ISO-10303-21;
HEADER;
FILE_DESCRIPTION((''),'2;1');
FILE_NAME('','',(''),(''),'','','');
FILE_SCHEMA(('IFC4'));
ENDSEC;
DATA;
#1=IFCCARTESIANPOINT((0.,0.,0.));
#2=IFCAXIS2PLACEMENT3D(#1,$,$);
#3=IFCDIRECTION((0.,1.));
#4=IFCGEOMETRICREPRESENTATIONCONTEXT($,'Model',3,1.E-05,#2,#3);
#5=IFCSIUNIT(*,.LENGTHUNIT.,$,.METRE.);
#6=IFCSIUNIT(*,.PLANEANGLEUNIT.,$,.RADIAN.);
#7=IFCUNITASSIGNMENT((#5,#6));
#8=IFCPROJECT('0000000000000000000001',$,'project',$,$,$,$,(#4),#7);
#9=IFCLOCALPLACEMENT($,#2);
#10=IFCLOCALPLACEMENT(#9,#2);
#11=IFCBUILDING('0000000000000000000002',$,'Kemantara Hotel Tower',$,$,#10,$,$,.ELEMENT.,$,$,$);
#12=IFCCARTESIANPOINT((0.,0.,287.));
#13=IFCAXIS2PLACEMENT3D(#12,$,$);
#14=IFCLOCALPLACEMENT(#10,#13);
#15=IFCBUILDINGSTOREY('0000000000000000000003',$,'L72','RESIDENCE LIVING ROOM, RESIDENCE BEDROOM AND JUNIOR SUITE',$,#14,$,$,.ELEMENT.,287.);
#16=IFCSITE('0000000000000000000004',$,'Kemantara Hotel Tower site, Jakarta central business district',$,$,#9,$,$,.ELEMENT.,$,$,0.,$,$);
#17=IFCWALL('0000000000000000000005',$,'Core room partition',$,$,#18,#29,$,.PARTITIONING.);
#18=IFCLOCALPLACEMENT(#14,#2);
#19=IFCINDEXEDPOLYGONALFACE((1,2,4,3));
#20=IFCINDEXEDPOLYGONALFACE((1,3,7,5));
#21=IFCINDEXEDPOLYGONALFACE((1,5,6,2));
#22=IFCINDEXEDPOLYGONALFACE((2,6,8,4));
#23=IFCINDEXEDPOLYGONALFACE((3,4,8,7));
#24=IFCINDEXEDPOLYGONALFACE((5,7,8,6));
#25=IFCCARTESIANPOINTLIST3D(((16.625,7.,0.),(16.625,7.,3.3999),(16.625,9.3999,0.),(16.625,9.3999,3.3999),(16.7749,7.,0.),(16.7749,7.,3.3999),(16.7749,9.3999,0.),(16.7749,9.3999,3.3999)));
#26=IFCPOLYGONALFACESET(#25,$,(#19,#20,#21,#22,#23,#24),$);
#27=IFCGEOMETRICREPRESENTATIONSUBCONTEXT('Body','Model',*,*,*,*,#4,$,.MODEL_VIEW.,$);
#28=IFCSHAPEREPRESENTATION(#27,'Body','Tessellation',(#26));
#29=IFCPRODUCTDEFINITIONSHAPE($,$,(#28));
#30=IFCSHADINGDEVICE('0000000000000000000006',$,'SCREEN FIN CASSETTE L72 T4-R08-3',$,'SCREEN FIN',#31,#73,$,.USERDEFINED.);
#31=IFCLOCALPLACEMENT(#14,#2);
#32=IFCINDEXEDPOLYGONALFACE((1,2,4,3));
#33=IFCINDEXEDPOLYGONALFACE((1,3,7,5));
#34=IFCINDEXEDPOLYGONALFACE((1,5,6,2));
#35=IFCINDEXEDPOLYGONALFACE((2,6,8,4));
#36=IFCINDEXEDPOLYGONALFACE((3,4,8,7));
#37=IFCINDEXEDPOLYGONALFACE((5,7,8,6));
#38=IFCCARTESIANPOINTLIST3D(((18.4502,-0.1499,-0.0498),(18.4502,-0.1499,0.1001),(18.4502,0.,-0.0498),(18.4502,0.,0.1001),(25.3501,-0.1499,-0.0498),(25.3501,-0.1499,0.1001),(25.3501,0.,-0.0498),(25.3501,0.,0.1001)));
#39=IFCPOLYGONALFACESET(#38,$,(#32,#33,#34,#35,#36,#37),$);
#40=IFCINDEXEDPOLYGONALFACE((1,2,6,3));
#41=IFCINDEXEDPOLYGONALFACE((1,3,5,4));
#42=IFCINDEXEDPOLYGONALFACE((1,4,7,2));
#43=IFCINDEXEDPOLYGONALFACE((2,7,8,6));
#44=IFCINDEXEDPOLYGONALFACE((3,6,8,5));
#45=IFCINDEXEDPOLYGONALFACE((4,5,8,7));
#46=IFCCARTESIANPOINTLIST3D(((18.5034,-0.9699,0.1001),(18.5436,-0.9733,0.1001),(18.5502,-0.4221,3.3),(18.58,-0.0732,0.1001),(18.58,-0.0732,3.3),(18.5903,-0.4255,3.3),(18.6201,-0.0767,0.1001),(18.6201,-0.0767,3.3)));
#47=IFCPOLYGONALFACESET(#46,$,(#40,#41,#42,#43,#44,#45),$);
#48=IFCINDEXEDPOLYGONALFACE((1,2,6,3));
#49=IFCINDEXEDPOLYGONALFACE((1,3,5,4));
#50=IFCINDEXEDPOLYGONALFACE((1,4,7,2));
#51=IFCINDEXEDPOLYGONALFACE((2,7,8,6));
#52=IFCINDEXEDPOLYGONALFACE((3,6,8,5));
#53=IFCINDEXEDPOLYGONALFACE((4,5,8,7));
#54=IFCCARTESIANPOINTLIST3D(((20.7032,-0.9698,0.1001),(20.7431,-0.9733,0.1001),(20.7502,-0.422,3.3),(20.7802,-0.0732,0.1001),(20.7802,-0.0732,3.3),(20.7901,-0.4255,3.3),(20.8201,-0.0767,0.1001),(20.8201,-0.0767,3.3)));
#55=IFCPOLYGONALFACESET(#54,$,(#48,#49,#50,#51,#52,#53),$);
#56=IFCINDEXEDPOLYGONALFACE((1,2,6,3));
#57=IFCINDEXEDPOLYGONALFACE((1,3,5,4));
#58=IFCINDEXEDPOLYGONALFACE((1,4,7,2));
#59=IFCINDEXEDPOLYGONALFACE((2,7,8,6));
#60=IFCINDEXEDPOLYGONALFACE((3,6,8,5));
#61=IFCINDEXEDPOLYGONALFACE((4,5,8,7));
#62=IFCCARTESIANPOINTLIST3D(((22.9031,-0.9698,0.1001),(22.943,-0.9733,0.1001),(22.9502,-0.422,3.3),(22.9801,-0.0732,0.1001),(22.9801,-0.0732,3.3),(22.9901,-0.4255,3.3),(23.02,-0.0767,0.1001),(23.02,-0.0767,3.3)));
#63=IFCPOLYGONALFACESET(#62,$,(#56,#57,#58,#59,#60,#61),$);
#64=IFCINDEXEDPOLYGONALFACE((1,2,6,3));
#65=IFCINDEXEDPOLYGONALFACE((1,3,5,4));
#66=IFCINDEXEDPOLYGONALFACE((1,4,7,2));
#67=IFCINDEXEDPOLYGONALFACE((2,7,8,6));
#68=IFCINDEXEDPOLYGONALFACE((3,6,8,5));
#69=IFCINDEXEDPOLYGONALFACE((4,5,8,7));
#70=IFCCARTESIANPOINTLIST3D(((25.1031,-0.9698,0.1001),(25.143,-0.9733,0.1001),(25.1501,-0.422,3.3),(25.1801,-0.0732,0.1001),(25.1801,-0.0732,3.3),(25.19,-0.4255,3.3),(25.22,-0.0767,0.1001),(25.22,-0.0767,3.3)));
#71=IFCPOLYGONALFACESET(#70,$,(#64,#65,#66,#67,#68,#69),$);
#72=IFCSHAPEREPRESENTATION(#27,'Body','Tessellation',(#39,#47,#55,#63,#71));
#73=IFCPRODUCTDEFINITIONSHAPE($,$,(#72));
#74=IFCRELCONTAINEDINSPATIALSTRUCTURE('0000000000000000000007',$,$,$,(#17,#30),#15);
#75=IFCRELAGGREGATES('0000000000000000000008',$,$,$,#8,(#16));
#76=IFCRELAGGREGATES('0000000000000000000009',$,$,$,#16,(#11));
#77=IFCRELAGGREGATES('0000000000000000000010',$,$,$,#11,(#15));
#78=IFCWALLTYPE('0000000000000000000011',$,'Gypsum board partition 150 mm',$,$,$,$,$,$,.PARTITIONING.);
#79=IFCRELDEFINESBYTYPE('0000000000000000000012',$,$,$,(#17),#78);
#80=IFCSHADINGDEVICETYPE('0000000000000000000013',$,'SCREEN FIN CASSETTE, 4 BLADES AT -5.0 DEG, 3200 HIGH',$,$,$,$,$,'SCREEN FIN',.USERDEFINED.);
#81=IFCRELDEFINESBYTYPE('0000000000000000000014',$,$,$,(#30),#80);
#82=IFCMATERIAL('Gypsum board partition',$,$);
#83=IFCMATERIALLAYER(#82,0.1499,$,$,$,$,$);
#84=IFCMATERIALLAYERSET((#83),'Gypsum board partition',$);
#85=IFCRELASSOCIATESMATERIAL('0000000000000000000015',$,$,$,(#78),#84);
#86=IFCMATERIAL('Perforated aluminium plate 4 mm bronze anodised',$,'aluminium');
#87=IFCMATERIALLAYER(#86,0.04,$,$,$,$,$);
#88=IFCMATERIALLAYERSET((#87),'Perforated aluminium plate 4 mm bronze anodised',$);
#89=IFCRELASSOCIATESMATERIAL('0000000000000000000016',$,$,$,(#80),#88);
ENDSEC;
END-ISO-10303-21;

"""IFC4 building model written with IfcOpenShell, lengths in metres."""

from ifc_helpers import new_model, si_unit, direction, frame, frame_2d, origin, origin_2d, place, context, subcontext, project, spatial, polyline, rectangle, outline, extrude, source, transform, mapped, material, layer, layer_set, type_object, element, save


model = new_model("IFC4")

# Units and contexts
model_context = context("Model", 3, precision=1e-05, world=origin(), true_north=direction((0.0, 1.0)))
body_context = subcontext(model_context, "Body", "Model", "MODEL_VIEW")
ifc_project = project(units=[si_unit("LENGTHUNIT", "METRE"), si_unit("PLANEANGLEUNIT", "RADIAN")], contexts=[model_context])

# Site, building, storey
site_placement = place(None, origin())
site = spatial("IfcSite", under=ifc_project, at=site_placement, Name="Kemantara Hotel Tower site, Jakarta central business district", CompositionType="ELEMENT", RefElevation=0.0)
building_placement = place(site_placement, origin())
building = spatial("IfcBuilding", under=site, at=building_placement, Name="Kemantara Hotel Tower", CompositionType="ELEMENT")
storey_placement = place(building_placement, frame((0.0, 0.0, 287.0)))
storey = spatial("IfcBuildingStorey", under=building, at=storey_placement, Name="L72", Description="RESIDENCE LIVING ROOM, RESIDENCE BEDROOM AND JUNIOR SUITE", CompositionType="ELEMENT", Elevation=287.0)

# Wall
ifc_material_1 = material(Name="Gypsum board partition")
ifc_layer_1 = layer(ifc_material_1, 0.1499)
ifc_layer_set_1 = layer_set([ifc_layer_1], Name="Gypsum board partition")
wall_type_1 = type_object("IfcWallType", Name="Gypsum board partition 150 mm", PredefinedType="PARTITIONING", material=ifc_layer_set_1)
wall_1_placement = place(storey_placement, frame((16.7, 7.0, 0.0), z_axis=(0.0, 0.0, 1.0), x_axis=(0.0, 1.0, 0.0)))
element("IfcWall", 1, at=wall_1_placement, inside=storey, type_object=wall_type_1, Name="Core room partition", PredefinedType="PARTITIONING", context=body_context, shape_type="SweptSolid", body=[
    extrude(rectangle(XDim=2.3999, YDim=0.1499, at=frame_2d((1.2, 0.0))), origin(), (0.0, 0.0, 1.0), 3.3999),
])

# Shading device
ifc_material_2 = material(Name="Perforated aluminium plate 4 mm bronze anodised", Category="aluminium")
ifc_layer_2 = layer(ifc_material_2, 0.04)
ifc_layer_set_2 = layer_set([ifc_layer_2], Name="Perforated aluminium plate 4 mm bronze anodised")
shading_device_type = type_object("IfcShadingDeviceType", Name="SCREEN FIN CASSETTE, 4 BLADES AT -5.0 DEG, 3200 HIGH", ElementType="SCREEN FIN", PredefinedType="USERDEFINED", material=ifc_layer_set_2)
shared_shape = source(origin(), body_context, "Body", "SweptSolid", [
    extrude(rectangle(XDim=6.8999, YDim=0.1499, at=origin_2d()), frame((3.3, -0.075, -0.1499), z_axis=(0.0, 0.0, 1.0), x_axis=(1.0, 0.0, 0.0)), (0.0, 0.0, 1.0), 0.1499),
    extrude(outline(polyline([(0.0, 0.0), (0.8999, 0.0), (0.3501, 3.2), (0.0, 3.2), (0.0, 0.0)])), frame((0.02, -0.0767, 0.0), z_axis=(-0.996376, 0.085056, 0.0), x_axis=(-0.085056, -0.996376, 0.0)), (0.0, 0.0, 1.0), 0.0403),
    extrude(outline(polyline([(0.0, 0.0), (0.8999, 0.0), (0.3501, 3.2), (0.0, 3.2), (0.0, 0.0)])), frame((2.22, -0.0767, 0.0), z_axis=(-0.996332, 0.085575, 0.0), x_axis=(-0.085575, -0.996332, 0.0)), (0.0, 0.0, 1.0), 0.04),
    extrude(outline(polyline([(0.0, 0.0), (0.8999, 0.0), (0.3501, 3.2), (0.0, 3.2), (0.0, 0.0)])), frame((4.4199, -0.0767, 0.0), z_axis=(-0.996332, 0.085575, 0.0), x_axis=(-0.085575, -0.996332, 0.0)), (0.0, 0.0, 1.0), 0.04),
    extrude(outline(polyline([(0.0, 0.0), (0.8999, 0.0), (0.3501, 3.2), (0.0, 3.2), (0.0, 0.0)])), frame((6.6199, -0.0767, 0.0), z_axis=(-0.996332, 0.085575, 0.0), x_axis=(-0.085575, -0.996332, 0.0)), (0.0, 0.0, 1.0), 0.04),
])
shading_device_placement = place(storey_placement, frame((18.6001, 0.0, 0.1001), z_axis=(0.0, 0.0, 1.0), x_axis=(1.0, 0.0, 0.0)))
element("IfcShadingDevice", 2, at=shading_device_placement, inside=storey, type_object=shading_device_type, Name="SCREEN FIN CASSETTE L72 T4-R08-3", ObjectType="SCREEN FIN", PredefinedType="USERDEFINED", context=body_context, shape_type="MappedRepresentation", body=[
    mapped(shared_shape, transform((0.0, 0.0, 0.0))),
])

save(model, "model.ifc")
